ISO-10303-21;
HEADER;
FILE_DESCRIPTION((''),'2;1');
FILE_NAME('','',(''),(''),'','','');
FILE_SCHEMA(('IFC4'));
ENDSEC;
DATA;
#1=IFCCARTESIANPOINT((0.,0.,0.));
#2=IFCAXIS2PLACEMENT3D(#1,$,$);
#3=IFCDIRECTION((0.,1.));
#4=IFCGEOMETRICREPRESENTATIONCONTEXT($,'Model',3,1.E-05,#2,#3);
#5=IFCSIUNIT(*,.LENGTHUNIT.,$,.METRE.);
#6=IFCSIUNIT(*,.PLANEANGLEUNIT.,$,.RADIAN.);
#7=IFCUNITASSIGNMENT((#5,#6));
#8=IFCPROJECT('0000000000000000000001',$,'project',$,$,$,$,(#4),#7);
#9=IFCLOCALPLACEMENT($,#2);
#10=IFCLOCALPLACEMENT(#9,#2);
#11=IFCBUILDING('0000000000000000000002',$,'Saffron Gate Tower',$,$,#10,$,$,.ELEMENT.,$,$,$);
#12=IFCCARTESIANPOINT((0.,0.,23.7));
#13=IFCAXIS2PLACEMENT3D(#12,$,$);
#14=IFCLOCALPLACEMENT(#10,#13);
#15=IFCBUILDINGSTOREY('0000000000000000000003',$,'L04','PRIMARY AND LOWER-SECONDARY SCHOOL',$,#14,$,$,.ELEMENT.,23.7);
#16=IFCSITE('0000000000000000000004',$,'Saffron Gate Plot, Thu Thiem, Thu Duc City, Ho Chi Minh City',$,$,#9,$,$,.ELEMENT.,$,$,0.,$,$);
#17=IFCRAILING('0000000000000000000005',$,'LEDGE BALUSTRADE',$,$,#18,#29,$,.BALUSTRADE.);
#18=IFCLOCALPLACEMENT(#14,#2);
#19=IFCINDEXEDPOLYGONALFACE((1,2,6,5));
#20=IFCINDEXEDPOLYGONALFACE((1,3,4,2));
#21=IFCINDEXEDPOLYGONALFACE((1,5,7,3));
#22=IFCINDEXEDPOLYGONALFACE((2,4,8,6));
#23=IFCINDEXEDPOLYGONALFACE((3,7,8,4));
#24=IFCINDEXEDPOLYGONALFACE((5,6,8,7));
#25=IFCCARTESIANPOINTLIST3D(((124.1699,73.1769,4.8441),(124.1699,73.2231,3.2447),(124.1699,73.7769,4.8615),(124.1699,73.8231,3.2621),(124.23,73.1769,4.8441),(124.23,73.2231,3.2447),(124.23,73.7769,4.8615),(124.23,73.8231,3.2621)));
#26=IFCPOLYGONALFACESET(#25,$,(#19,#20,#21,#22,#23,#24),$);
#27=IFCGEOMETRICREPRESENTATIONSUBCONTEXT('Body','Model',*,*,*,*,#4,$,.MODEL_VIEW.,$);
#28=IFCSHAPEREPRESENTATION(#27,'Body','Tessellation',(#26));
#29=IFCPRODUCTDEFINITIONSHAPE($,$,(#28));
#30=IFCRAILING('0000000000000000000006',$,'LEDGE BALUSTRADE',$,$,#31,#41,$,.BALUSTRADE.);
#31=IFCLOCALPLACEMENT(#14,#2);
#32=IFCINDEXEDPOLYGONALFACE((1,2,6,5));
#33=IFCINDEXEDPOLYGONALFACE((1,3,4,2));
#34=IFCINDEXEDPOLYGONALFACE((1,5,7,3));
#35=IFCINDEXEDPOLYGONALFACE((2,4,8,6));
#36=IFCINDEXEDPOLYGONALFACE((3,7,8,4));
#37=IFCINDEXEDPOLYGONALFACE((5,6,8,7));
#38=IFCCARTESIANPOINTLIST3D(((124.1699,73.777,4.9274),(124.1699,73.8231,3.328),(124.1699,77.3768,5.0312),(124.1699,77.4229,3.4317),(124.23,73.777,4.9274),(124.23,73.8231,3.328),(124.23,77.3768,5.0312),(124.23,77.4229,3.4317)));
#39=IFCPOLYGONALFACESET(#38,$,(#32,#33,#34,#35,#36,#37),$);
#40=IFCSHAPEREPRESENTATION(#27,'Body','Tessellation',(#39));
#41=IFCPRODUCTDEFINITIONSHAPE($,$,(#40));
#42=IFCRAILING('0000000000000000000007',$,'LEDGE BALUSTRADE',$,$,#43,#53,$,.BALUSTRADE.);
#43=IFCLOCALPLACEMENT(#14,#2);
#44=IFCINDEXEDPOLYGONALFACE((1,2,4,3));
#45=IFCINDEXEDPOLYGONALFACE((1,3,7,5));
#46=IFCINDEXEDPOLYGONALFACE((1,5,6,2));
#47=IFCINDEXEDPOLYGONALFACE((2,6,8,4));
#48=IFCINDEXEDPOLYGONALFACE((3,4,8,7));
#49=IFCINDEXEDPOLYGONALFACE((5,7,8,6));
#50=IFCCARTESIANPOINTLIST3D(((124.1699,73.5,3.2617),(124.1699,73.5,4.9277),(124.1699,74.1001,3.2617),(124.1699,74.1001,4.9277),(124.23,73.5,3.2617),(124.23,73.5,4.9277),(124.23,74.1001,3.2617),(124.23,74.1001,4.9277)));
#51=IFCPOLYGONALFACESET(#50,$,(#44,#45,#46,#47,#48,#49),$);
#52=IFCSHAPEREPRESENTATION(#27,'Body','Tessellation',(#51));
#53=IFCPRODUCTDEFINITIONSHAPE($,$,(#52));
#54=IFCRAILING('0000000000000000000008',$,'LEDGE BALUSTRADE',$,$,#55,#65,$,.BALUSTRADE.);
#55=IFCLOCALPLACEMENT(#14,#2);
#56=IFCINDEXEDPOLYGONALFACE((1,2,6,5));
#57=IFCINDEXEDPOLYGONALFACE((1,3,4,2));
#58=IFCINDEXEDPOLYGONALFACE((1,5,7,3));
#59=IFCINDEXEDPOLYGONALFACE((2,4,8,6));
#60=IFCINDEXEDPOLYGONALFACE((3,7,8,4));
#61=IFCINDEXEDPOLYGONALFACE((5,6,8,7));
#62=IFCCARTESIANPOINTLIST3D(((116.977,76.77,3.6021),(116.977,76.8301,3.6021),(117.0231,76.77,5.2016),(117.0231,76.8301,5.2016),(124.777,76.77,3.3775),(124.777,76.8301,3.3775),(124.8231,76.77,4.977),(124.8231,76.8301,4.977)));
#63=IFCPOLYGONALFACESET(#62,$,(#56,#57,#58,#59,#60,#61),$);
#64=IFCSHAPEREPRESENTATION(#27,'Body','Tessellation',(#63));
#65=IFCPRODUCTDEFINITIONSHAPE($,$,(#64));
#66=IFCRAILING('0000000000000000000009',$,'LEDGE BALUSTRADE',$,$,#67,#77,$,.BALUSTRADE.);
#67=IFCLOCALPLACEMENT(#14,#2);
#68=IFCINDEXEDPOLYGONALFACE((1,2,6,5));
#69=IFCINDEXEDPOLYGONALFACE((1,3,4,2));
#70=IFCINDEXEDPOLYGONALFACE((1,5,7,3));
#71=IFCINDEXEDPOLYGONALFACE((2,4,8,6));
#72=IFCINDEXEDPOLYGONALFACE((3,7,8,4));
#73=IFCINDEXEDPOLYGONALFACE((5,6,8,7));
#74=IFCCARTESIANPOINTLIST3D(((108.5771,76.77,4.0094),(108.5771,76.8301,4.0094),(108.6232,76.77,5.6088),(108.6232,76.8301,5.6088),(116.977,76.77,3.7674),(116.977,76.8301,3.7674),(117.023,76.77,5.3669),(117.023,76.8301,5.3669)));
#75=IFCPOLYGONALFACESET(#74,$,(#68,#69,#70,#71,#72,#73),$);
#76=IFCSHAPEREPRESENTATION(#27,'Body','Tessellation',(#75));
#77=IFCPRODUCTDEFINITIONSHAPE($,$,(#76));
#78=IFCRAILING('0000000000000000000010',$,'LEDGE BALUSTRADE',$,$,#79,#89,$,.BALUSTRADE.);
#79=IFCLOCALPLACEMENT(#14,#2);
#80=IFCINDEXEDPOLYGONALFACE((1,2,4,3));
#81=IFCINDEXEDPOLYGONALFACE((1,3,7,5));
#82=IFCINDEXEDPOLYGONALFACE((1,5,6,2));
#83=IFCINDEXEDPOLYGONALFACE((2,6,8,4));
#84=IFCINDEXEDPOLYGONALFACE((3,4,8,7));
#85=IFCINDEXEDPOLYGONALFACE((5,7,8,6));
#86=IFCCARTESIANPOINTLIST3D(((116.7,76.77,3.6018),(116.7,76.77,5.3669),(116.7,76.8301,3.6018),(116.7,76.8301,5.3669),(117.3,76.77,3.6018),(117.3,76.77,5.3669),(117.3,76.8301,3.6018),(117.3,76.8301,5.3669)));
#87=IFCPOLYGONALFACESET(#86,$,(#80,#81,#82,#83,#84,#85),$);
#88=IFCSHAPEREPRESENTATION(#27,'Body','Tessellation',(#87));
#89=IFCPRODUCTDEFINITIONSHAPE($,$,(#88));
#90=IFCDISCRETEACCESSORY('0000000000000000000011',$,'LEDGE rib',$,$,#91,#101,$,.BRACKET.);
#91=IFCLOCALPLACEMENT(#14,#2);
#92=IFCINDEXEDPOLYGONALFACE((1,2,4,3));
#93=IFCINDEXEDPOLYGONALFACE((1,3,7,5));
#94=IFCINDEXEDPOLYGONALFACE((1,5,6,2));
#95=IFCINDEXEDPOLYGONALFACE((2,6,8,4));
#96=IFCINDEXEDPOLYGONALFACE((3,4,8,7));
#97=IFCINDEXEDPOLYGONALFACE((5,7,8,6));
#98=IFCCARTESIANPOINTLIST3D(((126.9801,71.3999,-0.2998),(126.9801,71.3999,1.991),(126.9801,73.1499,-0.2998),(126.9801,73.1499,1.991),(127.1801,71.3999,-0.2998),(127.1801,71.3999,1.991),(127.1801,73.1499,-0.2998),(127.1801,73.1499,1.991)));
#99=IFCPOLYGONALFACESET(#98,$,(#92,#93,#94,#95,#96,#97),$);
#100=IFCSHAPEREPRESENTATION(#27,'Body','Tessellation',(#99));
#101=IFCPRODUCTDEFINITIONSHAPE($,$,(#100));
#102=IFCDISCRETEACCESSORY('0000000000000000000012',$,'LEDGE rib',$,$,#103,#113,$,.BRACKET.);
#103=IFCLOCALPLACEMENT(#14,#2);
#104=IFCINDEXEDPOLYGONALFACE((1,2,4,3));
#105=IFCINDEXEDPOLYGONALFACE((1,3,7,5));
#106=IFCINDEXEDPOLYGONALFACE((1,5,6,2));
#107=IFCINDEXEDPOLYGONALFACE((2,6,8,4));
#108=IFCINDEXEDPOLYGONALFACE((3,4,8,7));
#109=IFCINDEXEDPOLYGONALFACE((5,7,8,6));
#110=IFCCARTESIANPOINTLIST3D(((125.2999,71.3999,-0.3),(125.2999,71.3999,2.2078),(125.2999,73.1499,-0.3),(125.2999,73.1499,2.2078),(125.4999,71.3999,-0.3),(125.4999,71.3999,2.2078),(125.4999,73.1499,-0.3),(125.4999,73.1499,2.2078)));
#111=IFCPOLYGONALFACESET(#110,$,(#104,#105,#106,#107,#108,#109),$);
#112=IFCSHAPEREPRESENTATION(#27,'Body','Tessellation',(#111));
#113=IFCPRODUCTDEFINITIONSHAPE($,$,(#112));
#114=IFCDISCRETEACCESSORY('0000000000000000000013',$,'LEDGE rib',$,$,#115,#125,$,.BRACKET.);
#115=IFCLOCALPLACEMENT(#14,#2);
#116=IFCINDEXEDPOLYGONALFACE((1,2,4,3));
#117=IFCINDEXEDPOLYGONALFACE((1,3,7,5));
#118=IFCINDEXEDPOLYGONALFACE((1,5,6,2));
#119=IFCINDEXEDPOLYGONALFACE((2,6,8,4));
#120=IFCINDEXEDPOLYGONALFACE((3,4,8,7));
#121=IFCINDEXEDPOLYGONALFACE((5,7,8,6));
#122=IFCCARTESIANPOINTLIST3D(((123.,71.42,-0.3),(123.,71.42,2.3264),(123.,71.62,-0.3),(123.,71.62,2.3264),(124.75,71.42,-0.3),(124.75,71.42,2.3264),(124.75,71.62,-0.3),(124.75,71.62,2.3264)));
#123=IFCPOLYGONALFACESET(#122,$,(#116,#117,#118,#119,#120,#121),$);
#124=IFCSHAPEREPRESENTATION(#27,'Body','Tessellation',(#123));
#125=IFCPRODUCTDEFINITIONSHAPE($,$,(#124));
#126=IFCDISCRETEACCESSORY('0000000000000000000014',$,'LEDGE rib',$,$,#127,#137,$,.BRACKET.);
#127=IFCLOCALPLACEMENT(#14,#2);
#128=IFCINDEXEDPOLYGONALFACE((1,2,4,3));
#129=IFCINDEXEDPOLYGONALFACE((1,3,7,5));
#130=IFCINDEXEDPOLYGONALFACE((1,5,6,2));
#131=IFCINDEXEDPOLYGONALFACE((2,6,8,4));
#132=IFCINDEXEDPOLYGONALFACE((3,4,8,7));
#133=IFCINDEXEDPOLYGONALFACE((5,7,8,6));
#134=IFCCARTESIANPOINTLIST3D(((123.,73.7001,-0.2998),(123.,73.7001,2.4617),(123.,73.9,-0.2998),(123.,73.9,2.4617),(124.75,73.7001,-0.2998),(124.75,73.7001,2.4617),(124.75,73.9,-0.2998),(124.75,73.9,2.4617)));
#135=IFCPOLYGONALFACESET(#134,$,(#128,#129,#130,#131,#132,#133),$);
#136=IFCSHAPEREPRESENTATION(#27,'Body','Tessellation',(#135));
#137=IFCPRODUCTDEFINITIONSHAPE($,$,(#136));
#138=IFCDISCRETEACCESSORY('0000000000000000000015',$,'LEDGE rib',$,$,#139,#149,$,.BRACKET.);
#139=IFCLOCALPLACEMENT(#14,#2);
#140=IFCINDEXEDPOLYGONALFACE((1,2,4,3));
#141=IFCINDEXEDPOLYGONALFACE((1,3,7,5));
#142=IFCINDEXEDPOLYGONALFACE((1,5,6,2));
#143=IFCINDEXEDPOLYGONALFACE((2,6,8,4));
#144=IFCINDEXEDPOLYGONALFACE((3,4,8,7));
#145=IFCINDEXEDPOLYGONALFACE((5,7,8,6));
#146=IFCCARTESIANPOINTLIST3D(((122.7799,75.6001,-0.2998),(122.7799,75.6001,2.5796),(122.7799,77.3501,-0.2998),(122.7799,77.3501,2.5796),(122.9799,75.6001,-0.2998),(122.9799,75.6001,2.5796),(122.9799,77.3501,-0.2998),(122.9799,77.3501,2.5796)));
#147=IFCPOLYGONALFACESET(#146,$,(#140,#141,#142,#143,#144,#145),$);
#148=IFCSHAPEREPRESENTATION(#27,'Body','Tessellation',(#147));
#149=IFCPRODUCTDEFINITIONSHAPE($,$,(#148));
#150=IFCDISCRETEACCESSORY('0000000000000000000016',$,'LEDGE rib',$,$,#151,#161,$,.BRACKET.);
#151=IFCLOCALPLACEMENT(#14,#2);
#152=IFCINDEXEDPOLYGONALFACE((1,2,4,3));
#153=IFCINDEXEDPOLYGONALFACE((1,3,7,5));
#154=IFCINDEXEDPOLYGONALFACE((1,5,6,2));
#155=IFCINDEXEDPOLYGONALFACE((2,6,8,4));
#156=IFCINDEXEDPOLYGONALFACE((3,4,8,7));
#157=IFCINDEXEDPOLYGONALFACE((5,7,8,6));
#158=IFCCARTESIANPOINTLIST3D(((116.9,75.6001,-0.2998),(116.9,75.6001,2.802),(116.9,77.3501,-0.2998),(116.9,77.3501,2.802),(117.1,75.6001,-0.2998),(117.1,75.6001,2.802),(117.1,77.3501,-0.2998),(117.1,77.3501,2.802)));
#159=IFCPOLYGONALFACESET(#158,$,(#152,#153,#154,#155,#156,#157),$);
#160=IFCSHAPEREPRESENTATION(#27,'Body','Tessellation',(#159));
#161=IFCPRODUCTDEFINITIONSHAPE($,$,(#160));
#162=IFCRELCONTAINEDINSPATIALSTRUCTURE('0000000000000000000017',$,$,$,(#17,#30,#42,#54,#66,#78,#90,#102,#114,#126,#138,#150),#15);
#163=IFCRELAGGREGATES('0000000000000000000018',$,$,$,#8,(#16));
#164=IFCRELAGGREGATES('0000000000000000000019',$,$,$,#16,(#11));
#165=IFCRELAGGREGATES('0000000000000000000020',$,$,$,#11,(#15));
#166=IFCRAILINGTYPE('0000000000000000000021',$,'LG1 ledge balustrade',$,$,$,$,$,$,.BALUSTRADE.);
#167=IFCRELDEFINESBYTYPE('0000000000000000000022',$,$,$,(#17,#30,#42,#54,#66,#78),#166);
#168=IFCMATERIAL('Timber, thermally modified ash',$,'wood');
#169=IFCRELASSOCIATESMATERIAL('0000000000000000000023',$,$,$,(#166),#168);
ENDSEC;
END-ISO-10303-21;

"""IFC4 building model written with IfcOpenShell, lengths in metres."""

from ifc_helpers import new_model, si_unit, direction, frame, origin, origin_2d, place, context, subcontext, project, spatial, rectangle, extrude, material, type_object, element, save


model = new_model("IFC4")

# Units and contexts
model_context = context("Model", 3, precision=1e-05, world=origin(), true_north=direction((0.0, 1.0)))
body_context = subcontext(model_context, "Body", "Model", "MODEL_VIEW")
ifc_project = project(units=[si_unit("LENGTHUNIT", "METRE"), si_unit("PLANEANGLEUNIT", "RADIAN")], contexts=[model_context])

# Site, building, storey
site_placement = place(None, origin())
site = spatial("IfcSite", under=ifc_project, at=site_placement, Name="Saffron Gate Plot, Thu Thiem, Thu Duc City, Ho Chi Minh City", CompositionType="ELEMENT", RefElevation=0.0)
building_placement = place(site_placement, origin())
building = spatial("IfcBuilding", under=site, at=building_placement, Name="Saffron Gate Tower", CompositionType="ELEMENT")
storey_placement = place(building_placement, frame((0.0, 0.0, 23.7)))
storey = spatial("IfcBuildingStorey", under=building, at=storey_placement, Name="L04", Description="PRIMARY AND LOWER-SECONDARY SCHOOL", CompositionType="ELEMENT", Elevation=23.7)

# Shared definitions
ifc_material_1 = material(Name="Timber, thermally modified ash", Category="wood")

# Railings
railing_type = type_object("IfcRailingType", Name="LG1 ledge balustrade", PredefinedType="BALUSTRADE", material=ifc_material_1)
railing_1_placement = place(storey_placement, frame((124.2, 73.2, 3.2444)))
element("IfcRailing", 1, at=railing_1_placement, inside=storey, type_object=railing_type, Name="LEDGE BALUSTRADE", PredefinedType="BALUSTRADE", context=body_context, shape_type="SweptSolid", body=[
    extrude(rectangle(XDim=0.0601, YDim=1.6001, at=origin_2d()), frame((0.0, 0.0, 0.8), z_axis=(0.0, 0.999583, 0.028873), x_axis=(-1.0, 0.0, 0.0)), (0.0, 0.0, 1.0), 0.6003),
])
railing_2_placement = place(storey_placement, frame((124.2, 73.8, 3.3276)))
element("IfcRailing", 2, at=railing_2_placement, inside=storey, type_object=railing_type, Name="LEDGE BALUSTRADE", PredefinedType="BALUSTRADE", context=body_context, shape_type="SweptSolid", body=[
    extrude(rectangle(XDim=0.0601, YDim=1.6001, at=origin_2d()), frame((0.0, 0.0, 0.8), z_axis=(0.0, 0.999585, 0.028811), x_axis=(-1.0, 0.0, 0.0)), (0.0, 0.0, 1.0), 3.6013),
])
railing_3_placement = place(storey_placement, frame((124.2, 73.5, 3.2617)))
element("IfcRailing", 3, at=railing_3_placement, inside=storey, type_object=railing_type, Name="LEDGE BALUSTRADE", PredefinedType="BALUSTRADE", context=body_context, shape_type="SweptSolid", body=[
    extrude(rectangle(XDim=0.0601, YDim=1.666, at=origin_2d()), frame((0.0, 0.0, 0.833), z_axis=(0.0, 1.0, 0.0), x_axis=(-1.0, 0.0, 0.0)), (0.0, 0.0, 1.0), 0.6001),
])
railing_4_placement = place(storey_placement, frame((124.8, 76.8, 3.3772)))
element("IfcRailing", 4, at=railing_4_placement, inside=storey, type_object=railing_type, Name="LEDGE BALUSTRADE", PredefinedType="BALUSTRADE", context=body_context, shape_type="SweptSolid", body=[
    extrude(rectangle(XDim=0.0601, YDim=1.6001, at=origin_2d()), frame((0.0, 0.0, 0.8), z_axis=(-0.999586, 0.0, 0.028784), x_axis=(0.0, -1.0, 0.0)), (0.0, 0.0, 1.0), 7.8032),
])
railing_5_placement = place(storey_placement, frame((117.0, 76.8, 3.7671)))
element("IfcRailing", 5, at=railing_5_placement, inside=storey, type_object=railing_type, Name="LEDGE BALUSTRADE", PredefinedType="BALUSTRADE", context=body_context, shape_type="SweptSolid", body=[
    extrude(rectangle(XDim=0.0601, YDim=1.6001, at=origin_2d()), frame((0.0, 0.0, 0.8), z_axis=(-0.999585, 0.0, 0.028791), x_axis=(0.0, -1.0, 0.0)), (0.0, 0.0, 1.0), 8.4033),
])
railing_6_placement = place(storey_placement, frame((117.3, 76.8, 3.6018)))
element("IfcRailing", 6, at=railing_6_placement, inside=storey, type_object=railing_type, Name="LEDGE BALUSTRADE", PredefinedType="BALUSTRADE", context=body_context, shape_type="SweptSolid", body=[
    extrude(rectangle(XDim=0.0601, YDim=1.7651, at=origin_2d()), frame((0.0, 0.0, 0.8826), z_axis=(-1.0, 0.0, 0.0), x_axis=(0.0, -1.0, 0.0)), (0.0, 0.0, 1.0), 0.6001),
])

# Discrete accessories
discrete_accessory_1_placement = place(storey_placement, frame((127.0801, 72.2749, -0.2998), z_axis=(0.0, 0.0, 1.0), x_axis=(-1.0, 0.0, 0.0)))
element("IfcDiscreteAccessory", 7, at=discrete_accessory_1_placement, inside=storey, Name="LEDGE rib", PredefinedType="BRACKET", context=body_context, shape_type="SweptSolid", body=[
    extrude(rectangle(XDim=0.2, YDim=1.75, at=origin_2d()), origin(), (0.0, 0.0, 1.0), 2.2908),
])
discrete_accessory_2_placement = place(storey_placement, frame((125.3999, 72.2749, -0.3), z_axis=(0.0, 0.0, 1.0), x_axis=(-1.0, 0.0, 0.0)))
element("IfcDiscreteAccessory", 8, at=discrete_accessory_2_placement, inside=storey, Name="LEDGE rib", PredefinedType="BRACKET", context=body_context, shape_type="SweptSolid", body=[
    extrude(rectangle(XDim=0.2, YDim=1.75, at=origin_2d()), origin(), (0.0, 0.0, 1.0), 2.5078),
])
discrete_accessory_3_placement = place(storey_placement, frame((123.875, 71.52, -0.3), z_axis=(0.0, 0.0, 1.0), x_axis=(0.0, 1.0, 0.0)))
element("IfcDiscreteAccessory", 9, at=discrete_accessory_3_placement, inside=storey, Name="LEDGE rib", PredefinedType="BRACKET", context=body_context, shape_type="SweptSolid", body=[
    extrude(rectangle(XDim=0.2, YDim=1.75, at=origin_2d()), origin(), (0.0, 0.0, 1.0), 2.6265),
])
discrete_accessory_4_placement = place(storey_placement, frame((123.875, 73.8, -0.2998), z_axis=(0.0, 0.0, 1.0), x_axis=(0.0, 1.0, 0.0)))
element("IfcDiscreteAccessory", 10, at=discrete_accessory_4_placement, inside=storey, Name="LEDGE rib", PredefinedType="BRACKET", context=body_context, shape_type="SweptSolid", body=[
    extrude(rectangle(XDim=0.2, YDim=1.75, at=origin_2d()), origin(), (0.0, 0.0, 1.0), 2.7615),
])
discrete_accessory_5_placement = place(storey_placement, frame((122.8799, 76.4751, -0.2998), z_axis=(0.0, 0.0, 1.0), x_axis=(-1.0, 0.0, 0.0)))
element("IfcDiscreteAccessory", 11, at=discrete_accessory_5_placement, inside=storey, Name="LEDGE rib", PredefinedType="BRACKET", context=body_context, shape_type="SweptSolid", body=[
    extrude(rectangle(XDim=0.2, YDim=1.75, at=origin_2d()), origin(), (0.0, 0.0, 1.0), 2.8794),
])
discrete_accessory_6_placement = place(storey_placement, frame((117.0, 76.4751, -0.2998), z_axis=(0.0, 0.0, 1.0), x_axis=(-1.0, 0.0, 0.0)))
element("IfcDiscreteAccessory", 12, at=discrete_accessory_6_placement, inside=storey, Name="LEDGE rib", PredefinedType="BRACKET", context=body_context, shape_type="SweptSolid", body=[
    extrude(rectangle(XDim=0.2, YDim=1.75, at=origin_2d()), origin(), (0.0, 0.0, 1.0), 3.1018),
])

save(model, "model.ifc")
